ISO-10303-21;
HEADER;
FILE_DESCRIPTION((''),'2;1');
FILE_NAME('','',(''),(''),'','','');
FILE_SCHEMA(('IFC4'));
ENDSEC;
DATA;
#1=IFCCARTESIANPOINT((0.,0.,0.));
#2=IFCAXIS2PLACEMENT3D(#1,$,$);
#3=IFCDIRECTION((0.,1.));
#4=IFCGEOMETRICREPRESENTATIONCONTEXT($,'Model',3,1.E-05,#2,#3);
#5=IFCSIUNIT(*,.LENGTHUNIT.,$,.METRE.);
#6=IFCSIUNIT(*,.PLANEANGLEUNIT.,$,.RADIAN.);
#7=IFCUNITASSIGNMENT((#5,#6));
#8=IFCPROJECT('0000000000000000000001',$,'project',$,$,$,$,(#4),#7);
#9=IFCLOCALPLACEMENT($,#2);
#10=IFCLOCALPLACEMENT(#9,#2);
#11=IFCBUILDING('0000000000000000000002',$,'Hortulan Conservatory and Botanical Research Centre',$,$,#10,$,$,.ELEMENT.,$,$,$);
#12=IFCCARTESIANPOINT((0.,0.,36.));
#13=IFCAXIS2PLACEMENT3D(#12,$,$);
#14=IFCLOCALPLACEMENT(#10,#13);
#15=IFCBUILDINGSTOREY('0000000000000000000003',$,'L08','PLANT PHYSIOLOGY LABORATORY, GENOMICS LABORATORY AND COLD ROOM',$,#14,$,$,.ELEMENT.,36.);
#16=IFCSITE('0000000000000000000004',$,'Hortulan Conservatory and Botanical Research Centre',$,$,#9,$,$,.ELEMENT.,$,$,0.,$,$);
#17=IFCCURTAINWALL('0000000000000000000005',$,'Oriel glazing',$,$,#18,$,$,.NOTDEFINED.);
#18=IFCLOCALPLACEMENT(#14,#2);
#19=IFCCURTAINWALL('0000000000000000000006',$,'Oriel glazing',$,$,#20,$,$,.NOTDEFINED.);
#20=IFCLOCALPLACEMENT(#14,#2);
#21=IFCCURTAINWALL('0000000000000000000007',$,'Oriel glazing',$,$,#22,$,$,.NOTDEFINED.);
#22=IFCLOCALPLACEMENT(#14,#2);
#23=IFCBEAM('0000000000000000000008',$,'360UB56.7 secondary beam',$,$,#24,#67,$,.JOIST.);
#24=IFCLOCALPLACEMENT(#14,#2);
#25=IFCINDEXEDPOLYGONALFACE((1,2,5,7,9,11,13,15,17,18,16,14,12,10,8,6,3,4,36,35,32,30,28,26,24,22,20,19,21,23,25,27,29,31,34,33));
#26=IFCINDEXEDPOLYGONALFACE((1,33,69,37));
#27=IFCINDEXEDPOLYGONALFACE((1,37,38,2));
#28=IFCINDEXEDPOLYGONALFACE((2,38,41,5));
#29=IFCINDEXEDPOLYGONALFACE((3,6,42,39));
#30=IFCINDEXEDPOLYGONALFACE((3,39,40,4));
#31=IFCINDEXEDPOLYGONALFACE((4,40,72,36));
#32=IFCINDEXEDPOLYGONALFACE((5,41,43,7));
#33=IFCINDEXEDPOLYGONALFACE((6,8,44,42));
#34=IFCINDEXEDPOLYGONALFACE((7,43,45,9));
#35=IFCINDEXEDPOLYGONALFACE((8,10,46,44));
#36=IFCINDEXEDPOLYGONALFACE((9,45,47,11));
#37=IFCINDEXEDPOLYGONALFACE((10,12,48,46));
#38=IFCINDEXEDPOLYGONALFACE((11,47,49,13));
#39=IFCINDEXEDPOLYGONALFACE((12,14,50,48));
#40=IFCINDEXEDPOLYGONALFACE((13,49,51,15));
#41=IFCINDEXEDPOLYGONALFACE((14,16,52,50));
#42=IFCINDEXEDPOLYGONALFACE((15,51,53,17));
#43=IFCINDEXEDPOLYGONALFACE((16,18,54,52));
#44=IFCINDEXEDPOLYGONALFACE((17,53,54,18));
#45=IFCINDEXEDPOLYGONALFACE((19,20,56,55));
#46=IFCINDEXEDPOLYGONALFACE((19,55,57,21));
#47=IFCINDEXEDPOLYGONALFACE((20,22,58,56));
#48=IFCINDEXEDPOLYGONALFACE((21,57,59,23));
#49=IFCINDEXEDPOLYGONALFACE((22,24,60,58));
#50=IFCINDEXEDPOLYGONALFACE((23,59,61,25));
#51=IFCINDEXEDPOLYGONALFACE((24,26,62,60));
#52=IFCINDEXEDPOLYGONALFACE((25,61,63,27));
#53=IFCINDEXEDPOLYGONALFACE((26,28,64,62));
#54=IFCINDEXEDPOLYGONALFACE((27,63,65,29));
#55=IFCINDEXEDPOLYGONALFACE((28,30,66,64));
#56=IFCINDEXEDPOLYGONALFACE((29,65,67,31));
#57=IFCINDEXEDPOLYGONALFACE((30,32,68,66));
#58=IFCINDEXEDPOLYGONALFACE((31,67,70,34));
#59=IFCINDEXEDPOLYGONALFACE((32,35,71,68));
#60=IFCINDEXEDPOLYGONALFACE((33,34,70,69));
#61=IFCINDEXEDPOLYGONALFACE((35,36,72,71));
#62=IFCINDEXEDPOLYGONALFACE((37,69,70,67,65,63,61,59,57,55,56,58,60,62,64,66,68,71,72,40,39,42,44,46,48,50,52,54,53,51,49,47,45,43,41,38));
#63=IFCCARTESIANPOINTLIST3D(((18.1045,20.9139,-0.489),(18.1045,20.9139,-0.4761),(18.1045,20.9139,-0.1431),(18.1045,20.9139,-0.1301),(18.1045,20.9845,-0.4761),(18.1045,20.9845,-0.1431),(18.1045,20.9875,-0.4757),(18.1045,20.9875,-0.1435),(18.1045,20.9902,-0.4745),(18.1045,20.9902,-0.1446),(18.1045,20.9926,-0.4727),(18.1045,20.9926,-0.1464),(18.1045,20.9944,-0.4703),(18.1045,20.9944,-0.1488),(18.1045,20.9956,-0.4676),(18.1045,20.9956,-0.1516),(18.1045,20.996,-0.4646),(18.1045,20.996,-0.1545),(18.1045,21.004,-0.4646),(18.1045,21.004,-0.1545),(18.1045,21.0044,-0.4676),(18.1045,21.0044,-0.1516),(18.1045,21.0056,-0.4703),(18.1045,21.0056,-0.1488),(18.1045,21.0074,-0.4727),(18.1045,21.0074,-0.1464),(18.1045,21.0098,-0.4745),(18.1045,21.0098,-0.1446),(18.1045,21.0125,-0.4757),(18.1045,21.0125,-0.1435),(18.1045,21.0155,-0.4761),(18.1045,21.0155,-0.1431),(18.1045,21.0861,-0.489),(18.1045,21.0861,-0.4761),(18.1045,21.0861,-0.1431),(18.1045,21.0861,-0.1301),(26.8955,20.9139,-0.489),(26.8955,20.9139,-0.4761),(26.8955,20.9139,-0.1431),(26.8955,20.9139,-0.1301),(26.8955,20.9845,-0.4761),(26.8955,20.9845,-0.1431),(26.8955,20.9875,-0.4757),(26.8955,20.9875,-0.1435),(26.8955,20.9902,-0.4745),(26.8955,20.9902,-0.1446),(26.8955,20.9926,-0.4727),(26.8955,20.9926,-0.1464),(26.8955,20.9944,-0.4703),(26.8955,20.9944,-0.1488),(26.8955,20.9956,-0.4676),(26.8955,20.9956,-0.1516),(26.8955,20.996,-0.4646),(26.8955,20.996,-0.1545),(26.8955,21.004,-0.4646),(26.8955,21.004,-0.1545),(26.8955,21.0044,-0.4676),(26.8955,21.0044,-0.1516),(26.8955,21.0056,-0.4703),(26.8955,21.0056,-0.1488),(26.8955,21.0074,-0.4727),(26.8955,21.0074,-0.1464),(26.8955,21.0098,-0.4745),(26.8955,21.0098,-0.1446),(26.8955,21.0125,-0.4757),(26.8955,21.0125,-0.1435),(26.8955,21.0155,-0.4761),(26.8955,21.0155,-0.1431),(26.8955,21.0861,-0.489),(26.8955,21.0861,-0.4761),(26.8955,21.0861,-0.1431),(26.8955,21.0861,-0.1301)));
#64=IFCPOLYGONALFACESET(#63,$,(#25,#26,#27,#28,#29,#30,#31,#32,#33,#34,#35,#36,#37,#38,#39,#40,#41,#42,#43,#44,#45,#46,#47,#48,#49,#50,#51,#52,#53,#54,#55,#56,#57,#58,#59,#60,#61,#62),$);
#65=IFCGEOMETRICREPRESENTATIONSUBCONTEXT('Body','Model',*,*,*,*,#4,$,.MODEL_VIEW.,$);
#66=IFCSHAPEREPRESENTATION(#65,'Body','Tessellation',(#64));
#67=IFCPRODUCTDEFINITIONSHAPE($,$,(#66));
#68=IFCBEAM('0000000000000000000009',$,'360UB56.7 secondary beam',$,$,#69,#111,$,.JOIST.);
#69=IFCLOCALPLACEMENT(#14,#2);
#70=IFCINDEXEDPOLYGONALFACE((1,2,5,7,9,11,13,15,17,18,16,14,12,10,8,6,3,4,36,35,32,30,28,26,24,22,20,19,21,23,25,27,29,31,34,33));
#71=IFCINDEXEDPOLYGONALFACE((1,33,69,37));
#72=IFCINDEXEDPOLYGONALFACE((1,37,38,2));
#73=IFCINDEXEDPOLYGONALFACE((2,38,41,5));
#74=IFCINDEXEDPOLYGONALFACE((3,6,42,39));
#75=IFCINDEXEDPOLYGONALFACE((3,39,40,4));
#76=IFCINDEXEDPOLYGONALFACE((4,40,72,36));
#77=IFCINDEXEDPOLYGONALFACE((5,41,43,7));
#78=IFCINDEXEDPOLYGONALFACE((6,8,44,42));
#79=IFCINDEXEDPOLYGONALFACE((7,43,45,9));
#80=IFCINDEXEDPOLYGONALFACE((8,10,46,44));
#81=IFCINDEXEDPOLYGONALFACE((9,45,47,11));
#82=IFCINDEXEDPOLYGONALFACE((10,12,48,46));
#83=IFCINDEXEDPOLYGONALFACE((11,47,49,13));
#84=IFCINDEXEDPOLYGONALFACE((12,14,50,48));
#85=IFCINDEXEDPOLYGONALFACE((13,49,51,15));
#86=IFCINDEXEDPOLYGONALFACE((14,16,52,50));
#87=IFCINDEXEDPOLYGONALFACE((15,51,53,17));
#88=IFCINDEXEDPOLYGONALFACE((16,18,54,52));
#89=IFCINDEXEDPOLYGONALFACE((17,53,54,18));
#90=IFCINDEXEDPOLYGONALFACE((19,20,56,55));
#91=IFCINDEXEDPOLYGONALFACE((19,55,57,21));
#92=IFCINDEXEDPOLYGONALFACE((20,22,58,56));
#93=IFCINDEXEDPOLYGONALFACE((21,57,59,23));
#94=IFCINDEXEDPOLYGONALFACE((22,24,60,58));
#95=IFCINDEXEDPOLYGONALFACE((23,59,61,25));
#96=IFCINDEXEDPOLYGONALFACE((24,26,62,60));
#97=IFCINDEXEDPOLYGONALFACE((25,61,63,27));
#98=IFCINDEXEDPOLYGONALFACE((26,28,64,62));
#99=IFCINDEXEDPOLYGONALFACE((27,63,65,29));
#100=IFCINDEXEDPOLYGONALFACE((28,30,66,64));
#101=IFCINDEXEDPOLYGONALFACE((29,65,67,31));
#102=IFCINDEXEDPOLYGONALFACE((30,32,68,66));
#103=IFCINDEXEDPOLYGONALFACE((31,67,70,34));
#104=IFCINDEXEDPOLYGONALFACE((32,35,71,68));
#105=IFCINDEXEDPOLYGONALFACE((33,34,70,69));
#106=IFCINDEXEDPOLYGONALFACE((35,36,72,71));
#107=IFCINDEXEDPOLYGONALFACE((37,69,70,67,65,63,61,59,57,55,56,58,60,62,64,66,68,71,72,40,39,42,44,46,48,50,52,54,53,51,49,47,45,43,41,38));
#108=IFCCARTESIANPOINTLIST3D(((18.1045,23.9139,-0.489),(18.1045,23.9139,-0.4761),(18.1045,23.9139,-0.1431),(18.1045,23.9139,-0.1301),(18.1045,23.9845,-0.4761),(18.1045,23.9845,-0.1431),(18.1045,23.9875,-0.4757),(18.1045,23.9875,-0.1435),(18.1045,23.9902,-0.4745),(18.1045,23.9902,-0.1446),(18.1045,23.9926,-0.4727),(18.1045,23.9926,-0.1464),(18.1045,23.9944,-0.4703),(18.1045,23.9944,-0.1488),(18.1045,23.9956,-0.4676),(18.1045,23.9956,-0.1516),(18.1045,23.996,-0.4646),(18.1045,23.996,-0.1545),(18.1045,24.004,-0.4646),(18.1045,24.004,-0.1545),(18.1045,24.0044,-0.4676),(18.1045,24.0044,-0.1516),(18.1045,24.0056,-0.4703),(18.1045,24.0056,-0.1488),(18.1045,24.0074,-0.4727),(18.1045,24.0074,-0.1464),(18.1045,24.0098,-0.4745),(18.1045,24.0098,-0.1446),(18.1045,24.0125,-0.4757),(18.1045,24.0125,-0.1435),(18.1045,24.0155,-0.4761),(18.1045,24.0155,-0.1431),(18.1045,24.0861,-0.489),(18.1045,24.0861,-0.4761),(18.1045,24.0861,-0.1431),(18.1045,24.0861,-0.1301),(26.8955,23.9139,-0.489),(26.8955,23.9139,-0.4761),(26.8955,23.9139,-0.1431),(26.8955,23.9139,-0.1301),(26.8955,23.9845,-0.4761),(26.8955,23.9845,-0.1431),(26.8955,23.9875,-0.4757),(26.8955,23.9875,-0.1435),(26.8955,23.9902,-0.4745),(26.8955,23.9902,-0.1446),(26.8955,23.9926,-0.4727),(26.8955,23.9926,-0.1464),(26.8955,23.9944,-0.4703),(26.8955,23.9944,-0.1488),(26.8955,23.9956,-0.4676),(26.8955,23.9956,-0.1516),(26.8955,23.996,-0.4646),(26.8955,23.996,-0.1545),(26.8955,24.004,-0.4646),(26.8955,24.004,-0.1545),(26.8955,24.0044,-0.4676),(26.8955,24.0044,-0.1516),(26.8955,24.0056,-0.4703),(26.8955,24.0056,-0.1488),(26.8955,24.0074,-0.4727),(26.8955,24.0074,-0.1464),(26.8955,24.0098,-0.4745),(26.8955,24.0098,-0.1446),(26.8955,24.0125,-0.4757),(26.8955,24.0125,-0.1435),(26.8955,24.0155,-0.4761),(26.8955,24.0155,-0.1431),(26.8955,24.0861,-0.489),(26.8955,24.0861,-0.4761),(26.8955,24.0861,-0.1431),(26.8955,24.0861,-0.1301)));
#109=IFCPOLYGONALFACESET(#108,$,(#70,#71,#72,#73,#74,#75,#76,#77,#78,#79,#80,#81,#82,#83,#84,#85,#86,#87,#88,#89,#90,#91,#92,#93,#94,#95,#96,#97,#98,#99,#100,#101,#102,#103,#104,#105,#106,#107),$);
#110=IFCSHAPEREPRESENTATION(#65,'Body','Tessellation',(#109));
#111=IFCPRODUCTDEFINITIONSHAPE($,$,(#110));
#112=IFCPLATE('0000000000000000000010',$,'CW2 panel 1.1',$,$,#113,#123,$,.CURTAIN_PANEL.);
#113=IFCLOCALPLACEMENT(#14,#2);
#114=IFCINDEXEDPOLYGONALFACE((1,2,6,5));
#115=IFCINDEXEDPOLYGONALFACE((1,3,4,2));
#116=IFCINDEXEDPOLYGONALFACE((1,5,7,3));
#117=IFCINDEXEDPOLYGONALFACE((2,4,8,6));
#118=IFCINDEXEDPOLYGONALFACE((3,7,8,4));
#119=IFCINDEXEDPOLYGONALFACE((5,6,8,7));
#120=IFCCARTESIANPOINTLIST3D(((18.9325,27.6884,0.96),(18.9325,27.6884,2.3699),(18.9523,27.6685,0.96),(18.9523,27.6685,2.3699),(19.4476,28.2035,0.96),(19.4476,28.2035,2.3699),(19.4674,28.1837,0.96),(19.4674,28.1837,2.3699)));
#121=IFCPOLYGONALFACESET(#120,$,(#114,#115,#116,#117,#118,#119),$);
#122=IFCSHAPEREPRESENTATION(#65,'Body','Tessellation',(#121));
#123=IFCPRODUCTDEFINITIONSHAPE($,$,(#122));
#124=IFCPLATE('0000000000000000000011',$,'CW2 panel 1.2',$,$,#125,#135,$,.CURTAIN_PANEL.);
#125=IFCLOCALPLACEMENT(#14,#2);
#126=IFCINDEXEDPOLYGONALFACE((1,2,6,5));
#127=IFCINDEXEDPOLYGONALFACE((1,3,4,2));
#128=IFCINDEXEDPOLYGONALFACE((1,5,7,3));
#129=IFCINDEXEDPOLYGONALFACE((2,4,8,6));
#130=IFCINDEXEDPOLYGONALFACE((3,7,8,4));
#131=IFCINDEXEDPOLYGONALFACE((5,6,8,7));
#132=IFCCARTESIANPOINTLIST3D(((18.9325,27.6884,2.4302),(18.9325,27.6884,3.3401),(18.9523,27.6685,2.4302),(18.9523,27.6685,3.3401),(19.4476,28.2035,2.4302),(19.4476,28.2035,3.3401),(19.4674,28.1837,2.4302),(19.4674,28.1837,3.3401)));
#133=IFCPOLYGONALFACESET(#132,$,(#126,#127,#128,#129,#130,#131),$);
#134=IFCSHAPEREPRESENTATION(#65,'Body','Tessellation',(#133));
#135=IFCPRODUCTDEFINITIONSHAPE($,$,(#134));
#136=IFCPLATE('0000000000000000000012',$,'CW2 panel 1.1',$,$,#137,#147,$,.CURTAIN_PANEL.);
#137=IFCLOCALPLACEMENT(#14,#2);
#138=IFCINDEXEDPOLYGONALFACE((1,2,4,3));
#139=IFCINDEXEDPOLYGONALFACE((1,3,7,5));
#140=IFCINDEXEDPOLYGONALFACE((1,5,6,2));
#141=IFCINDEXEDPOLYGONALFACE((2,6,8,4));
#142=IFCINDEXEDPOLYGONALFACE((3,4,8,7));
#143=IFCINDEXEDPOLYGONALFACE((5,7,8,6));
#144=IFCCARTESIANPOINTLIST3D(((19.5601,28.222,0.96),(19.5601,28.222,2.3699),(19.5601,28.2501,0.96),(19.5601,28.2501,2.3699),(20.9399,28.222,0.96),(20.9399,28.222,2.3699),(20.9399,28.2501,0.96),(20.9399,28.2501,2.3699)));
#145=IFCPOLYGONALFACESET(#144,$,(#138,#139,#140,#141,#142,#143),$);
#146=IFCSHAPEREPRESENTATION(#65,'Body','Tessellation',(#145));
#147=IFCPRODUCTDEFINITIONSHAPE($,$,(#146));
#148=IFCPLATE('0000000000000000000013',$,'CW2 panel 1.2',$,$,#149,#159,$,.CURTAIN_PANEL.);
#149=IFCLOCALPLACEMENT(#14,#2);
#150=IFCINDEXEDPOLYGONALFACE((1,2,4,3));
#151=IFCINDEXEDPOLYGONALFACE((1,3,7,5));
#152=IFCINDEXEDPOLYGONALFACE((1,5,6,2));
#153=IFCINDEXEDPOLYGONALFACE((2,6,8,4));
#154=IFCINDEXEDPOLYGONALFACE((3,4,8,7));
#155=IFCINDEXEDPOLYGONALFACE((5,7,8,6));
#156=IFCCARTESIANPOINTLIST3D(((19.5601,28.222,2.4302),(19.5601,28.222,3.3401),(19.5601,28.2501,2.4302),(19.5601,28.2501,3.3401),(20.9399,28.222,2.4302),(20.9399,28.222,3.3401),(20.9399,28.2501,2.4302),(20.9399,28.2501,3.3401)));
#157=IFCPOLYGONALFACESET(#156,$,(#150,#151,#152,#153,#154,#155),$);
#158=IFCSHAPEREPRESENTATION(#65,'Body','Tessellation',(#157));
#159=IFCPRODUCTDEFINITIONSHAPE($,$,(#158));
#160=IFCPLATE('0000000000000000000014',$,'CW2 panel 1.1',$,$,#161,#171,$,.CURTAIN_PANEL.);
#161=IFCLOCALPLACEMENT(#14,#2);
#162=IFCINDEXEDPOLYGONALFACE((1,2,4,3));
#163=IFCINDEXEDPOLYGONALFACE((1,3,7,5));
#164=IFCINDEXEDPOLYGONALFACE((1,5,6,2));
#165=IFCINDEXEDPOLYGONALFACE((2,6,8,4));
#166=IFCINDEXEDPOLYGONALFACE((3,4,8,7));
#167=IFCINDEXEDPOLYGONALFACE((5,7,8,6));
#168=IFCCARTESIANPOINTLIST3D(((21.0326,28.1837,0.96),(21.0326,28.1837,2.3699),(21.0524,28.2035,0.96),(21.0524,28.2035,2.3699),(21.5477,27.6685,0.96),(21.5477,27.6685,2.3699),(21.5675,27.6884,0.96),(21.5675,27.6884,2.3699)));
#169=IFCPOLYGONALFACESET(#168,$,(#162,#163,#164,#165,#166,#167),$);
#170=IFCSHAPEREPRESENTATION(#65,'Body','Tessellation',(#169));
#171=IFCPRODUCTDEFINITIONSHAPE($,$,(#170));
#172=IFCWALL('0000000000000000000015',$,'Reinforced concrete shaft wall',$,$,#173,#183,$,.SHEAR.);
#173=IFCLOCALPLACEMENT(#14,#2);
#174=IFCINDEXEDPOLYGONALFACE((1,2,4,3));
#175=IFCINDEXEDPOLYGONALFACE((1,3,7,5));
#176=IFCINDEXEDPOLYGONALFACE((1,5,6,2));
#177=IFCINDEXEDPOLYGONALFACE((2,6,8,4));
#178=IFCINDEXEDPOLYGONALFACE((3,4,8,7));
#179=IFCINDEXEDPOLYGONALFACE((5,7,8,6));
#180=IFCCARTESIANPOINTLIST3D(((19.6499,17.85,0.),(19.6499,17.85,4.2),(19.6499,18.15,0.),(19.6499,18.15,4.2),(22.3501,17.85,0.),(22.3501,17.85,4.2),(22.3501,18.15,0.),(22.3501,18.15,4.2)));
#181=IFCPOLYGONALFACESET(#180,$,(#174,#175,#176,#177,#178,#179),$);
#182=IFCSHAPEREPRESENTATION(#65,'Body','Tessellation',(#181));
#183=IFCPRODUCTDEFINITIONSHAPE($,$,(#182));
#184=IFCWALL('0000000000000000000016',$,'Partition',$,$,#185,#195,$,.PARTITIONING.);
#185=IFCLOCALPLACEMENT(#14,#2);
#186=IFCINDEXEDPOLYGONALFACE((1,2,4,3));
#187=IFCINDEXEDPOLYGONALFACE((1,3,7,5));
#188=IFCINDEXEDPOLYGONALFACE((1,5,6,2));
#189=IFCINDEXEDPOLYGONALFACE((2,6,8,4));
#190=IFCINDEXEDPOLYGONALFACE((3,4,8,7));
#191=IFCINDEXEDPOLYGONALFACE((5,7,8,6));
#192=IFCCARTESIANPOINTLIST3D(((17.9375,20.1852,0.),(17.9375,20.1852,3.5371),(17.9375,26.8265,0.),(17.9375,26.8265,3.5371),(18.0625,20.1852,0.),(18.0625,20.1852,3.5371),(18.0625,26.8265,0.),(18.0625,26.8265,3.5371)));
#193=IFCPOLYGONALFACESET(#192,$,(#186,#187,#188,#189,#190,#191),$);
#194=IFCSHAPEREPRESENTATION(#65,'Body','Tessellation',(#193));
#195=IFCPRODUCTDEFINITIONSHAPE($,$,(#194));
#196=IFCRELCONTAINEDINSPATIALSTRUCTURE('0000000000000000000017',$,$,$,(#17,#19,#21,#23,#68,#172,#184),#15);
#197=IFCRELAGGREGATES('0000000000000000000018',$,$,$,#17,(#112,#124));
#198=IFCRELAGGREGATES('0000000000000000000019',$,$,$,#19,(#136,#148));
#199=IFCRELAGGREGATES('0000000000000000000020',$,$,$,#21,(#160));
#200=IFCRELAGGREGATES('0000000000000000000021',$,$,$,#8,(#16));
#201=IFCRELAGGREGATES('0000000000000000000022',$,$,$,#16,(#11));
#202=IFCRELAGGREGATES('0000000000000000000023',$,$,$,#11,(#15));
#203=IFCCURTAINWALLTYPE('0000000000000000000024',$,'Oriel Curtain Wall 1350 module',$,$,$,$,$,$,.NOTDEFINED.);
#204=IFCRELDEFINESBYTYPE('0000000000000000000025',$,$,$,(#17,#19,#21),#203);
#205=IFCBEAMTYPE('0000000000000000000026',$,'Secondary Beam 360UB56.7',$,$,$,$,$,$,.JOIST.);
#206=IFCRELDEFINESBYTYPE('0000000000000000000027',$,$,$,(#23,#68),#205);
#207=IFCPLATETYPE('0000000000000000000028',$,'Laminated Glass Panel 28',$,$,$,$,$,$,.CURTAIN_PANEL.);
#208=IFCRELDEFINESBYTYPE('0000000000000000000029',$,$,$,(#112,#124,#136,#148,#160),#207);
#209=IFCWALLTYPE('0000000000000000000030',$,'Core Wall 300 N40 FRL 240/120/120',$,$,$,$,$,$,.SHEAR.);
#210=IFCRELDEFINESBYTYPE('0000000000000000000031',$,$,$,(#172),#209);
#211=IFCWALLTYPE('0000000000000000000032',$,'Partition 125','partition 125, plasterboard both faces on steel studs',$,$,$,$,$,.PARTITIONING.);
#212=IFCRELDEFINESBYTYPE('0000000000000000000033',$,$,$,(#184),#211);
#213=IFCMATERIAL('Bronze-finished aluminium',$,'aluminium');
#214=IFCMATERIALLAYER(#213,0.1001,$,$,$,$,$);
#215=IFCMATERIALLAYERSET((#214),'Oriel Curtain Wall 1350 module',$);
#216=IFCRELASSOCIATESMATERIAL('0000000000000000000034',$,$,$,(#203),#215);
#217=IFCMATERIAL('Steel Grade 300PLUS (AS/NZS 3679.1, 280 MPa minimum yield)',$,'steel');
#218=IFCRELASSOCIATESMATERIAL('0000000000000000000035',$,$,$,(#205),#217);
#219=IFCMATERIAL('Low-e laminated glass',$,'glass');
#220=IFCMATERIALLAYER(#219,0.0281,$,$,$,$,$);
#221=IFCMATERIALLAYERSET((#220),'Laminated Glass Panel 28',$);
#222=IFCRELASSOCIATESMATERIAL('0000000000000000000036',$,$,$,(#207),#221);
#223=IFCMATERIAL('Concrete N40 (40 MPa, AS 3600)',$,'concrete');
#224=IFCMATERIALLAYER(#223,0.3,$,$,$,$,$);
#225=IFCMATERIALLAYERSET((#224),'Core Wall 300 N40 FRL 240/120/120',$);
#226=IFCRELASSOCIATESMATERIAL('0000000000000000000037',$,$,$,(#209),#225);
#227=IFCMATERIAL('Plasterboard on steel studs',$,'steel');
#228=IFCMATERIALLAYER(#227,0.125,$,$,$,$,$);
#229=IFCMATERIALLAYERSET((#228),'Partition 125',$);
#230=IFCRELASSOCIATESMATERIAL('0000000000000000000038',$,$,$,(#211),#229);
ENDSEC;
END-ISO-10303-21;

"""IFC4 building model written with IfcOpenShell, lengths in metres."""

from ifc_helpers import new_model, si_unit, direction, frame, frame_2d, origin, origin_2d, place, context, subcontext, project, spatial, rectangle, i_section, extrude, material, layer, layer_set, material_profile, profile_set, type_object, element, aggregate, save


model = new_model("IFC4")

# Units and contexts
model_context = context("Model", 3, precision=1e-05, world=origin(), true_north=direction((0.0, 1.0)))
body_context = subcontext(model_context, "Body", "Model", "MODEL_VIEW")
ifc_project = project(units=[si_unit("LENGTHUNIT", "METRE"), si_unit("PLANEANGLEUNIT", "RADIAN")], contexts=[model_context])

# Site, building, storey
site_placement = place(None, origin())
site = spatial("IfcSite", under=ifc_project, at=site_placement, Name="Hortulan Conservatory and Botanical Research Centre", CompositionType="ELEMENT", RefElevation=0.0)
building_placement = place(site_placement, origin())
building = spatial("IfcBuilding", under=site, at=building_placement, Name="Hortulan Conservatory and Botanical Research Centre", CompositionType="ELEMENT")
storey_placement = place(building_placement, frame((0.0, 0.0, 36.0)))
storey = spatial("IfcBuildingStorey", under=building, at=storey_placement, Name="L08", Description="PLANT PHYSIOLOGY LABORATORY, GENOMICS LABORATORY AND COLD ROOM", CompositionType="ELEMENT", Elevation=36.0)

# Shared definitions
ifc_material_1 = material(Name="Steel Grade 300PLUS (AS/NZS 3679.1, 280 MPa minimum yield)", Category="steel")

# Curtain walls
ifc_material_2 = material(Name="Bronze-finished aluminium", Category="aluminium")
ifc_layer_1 = layer(ifc_material_2, 0.1001)
ifc_layer_set_1 = layer_set([ifc_layer_1], Name="Oriel Curtain Wall 1350 module")
curtain_wall_type = type_object("IfcCurtainWallType", Name="Oriel Curtain Wall 1350 module", PredefinedType="NOTDEFINED", material=ifc_layer_set_1)
curtain_wall_1_placement = place(storey_placement, origin())
curtain_wall_1 = element("IfcCurtainWall", 1, at=curtain_wall_1_placement, inside=storey, type_object=curtain_wall_type, Name="Oriel glazing", PredefinedType="NOTDEFINED")
curtain_wall_2_placement = place(storey_placement, origin())
curtain_wall_2 = element("IfcCurtainWall", 2, at=curtain_wall_2_placement, inside=storey, type_object=curtain_wall_type, Name="Oriel glazing", PredefinedType="NOTDEFINED")

# Curtain wall
curtain_wall_3_placement = place(storey_placement, origin())
curtain_wall_3 = element("IfcCurtainWall", 3, at=curtain_wall_3_placement, inside=storey, type_object=curtain_wall_type, Name="Oriel glazing", PredefinedType="NOTDEFINED")

# Beams
ifc_material_profile_1 = material_profile(ifc_material_1, i_section(OverallWidth=0.1721, OverallDepth=0.3589, WebThickness=0.0081, FlangeThickness=0.0129, FilletRadius=0.0115, at=origin_2d()), Name="360UB56.7")
ifc_profile_set_1 = profile_set([ifc_material_profile_1], Name="Steel Grade 300PLUS (AS/NZS 3679.1, 280 MPa minimum yield)")
beam_type_1 = type_object("IfcBeamType", Name="Secondary Beam 360UB56.7", PredefinedType="JOIST", material=ifc_profile_set_1)
for number, where, z_axis, x_axis, name in (
    (4, (18.1045, 21.0, -0.3096), (1.0, 0.0, 0.0), (0.0, 1.0, 0.0), "360UB56.7 secondary beam"),
    (5, (18.1045, 24.0, -0.3096), (1.0, 0.0, 0.0), (0.0, 1.0, 0.0), "360UB56.7 secondary beam"),
):
    element("IfcBeam", number, at=place(storey_placement, frame(where, z_axis=z_axis, x_axis=x_axis)), inside=storey, type_object=beam_type_1, Name=name, PredefinedType="JOIST", context=body_context, shape_type="SweptSolid", body=[
        extrude(i_section(OverallWidth=0.1721, OverallDepth=0.3589, WebThickness=0.0081, FlangeThickness=0.0129, FilletRadius=0.0115, at=origin_2d()), origin(), (0.0, 0.0, 1.0), 8.791),
    ])

# Plates
ifc_material_3 = material(Name="Low-e laminated glass", Category="glass")
ifc_layer_2 = layer(ifc_material_3, 0.0281)
ifc_layer_set_2 = layer_set([ifc_layer_2], Name="Laminated Glass Panel 28")
plate_type = type_object("IfcPlateType", Name="Laminated Glass Panel 28", PredefinedType="CURTAIN_PANEL", material=ifc_layer_set_2)
plate_1_placement = place(storey_placement, frame((19.2, 27.936, 0.96), z_axis=(0.0, 0.0, 1.0), x_axis=(0.707107, 0.707107, 0.0)))
plate_1 = element("IfcPlate", 6, at=plate_1_placement, type_object=plate_type, Name="CW2 panel 1.1", PredefinedType="CURTAIN_PANEL", context=body_context, shape_type="SweptSolid", body=[
    extrude(rectangle(XDim=0.7285, YDim=0.0281, at=origin_2d()), origin(), (0.0, 0.0, 1.0), 1.4099),
])
plate_2_placement = place(storey_placement, frame((19.2, 27.936, 2.4302), z_axis=(0.0, 0.0, 1.0), x_axis=(0.707107, 0.707107, 0.0)))
plate_2 = element("IfcPlate", 7, at=plate_2_placement, type_object=plate_type, Name="CW2 panel 1.2", PredefinedType="CURTAIN_PANEL", context=body_context, shape_type="SweptSolid", body=[
    extrude(rectangle(XDim=0.7285, YDim=0.0281, at=origin_2d()), origin(), (0.0, 0.0, 1.0), 0.9099),
])
aggregate(curtain_wall_1, [plate_1, plate_2])
plate_3_placement = place(storey_placement, frame((20.25, 28.2361, 0.96), z_axis=(0.0, 0.0, 1.0), x_axis=(1.0, 0.0, 0.0)))
plate_3 = element("IfcPlate", 8, at=plate_3_placement, type_object=plate_type, Name="CW2 panel 1.1", PredefinedType="CURTAIN_PANEL", context=body_context, shape_type="SweptSolid", body=[
    extrude(rectangle(XDim=1.3799, YDim=0.0281, at=origin_2d()), origin(), (0.0, 0.0, 1.0), 1.4099),
])
plate_4_placement = place(storey_placement, frame((20.25, 28.2361, 2.4302), z_axis=(0.0, 0.0, 1.0), x_axis=(1.0, 0.0, 0.0)))
plate_4 = element("IfcPlate", 9, at=plate_4_placement, type_object=plate_type, Name="CW2 panel 1.2", PredefinedType="CURTAIN_PANEL", context=body_context, shape_type="SweptSolid", body=[
    extrude(rectangle(XDim=1.3799, YDim=0.0281, at=origin_2d()), origin(), (0.0, 0.0, 1.0), 0.9099),
])
aggregate(curtain_wall_2, [plate_3, plate_4])
plate_5_placement = place(storey_placement, frame((21.3, 27.936, 0.96), z_axis=(0.0, 0.0, 1.0), x_axis=(0.707107, -0.707107, 0.0)))
plate_5 = element("IfcPlate", 10, at=plate_5_placement, type_object=plate_type, Name="CW2 panel 1.1", PredefinedType="CURTAIN_PANEL", context=body_context, shape_type="SweptSolid", body=[
    extrude(rectangle(XDim=0.7285, YDim=0.0281, at=origin_2d()), origin(), (0.0, 0.0, 1.0), 1.4099),
])
aggregate(curtain_wall_3, [plate_5])

# Walls
ifc_material_4 = material(Name="Concrete N40 (40 MPa, AS 3600)", Category="concrete")
ifc_layer_3 = layer(ifc_material_4, 0.3)
ifc_layer_set_3 = layer_set([ifc_layer_3], Name="Core Wall 300 N40 FRL 240/120/120")
wall_type_1 = type_object("IfcWallType", Name="Core Wall 300 N40 FRL 240/120/120", PredefinedType="SHEAR", material=ifc_layer_set_3)
wall_1_placement = place(storey_placement, frame((19.6499, 18.0, 0.0), z_axis=(0.0, 0.0, 1.0), x_axis=(1.0, 0.0, 0.0)))
element("IfcWall", 11, at=wall_1_placement, inside=storey, type_object=wall_type_1, Name="Reinforced concrete shaft wall", PredefinedType="SHEAR", context=body_context, shape_type="SweptSolid", body=[
    extrude(rectangle(XDim=2.7002, YDim=0.3, at=frame_2d((1.3501, 0.0))), origin(), (0.0, 0.0, 1.0), 4.2),
])
ifc_material_5 = material(Name="Plasterboard on steel studs", Category="steel")
ifc_layer_4 = layer(ifc_material_5, 0.125)
ifc_layer_set_4 = layer_set([ifc_layer_4], Name="Partition 125")
wall_type_2 = type_object("IfcWallType", Name="Partition 125", Description="partition 125, plasterboard both faces on steel studs", PredefinedType="PARTITIONING", material=ifc_layer_set_4)
wall_2_placement = place(storey_placement, frame((18.0, 20.1851, 0.0), z_axis=(0.0, 0.0, 1.0), x_axis=(0.0, 1.0, 0.0)))
element("IfcWall", 12, at=wall_2_placement, inside=storey, type_object=wall_type_2, Name="Partition", PredefinedType="PARTITIONING", context=body_context, shape_type="SweptSolid", body=[
    extrude(rectangle(XDim=6.6414, YDim=0.125, at=frame_2d((3.3208, 0.0))), origin(), (0.0, 0.0, 1.0), 3.5371),
])

save(model, "model.ifc")
